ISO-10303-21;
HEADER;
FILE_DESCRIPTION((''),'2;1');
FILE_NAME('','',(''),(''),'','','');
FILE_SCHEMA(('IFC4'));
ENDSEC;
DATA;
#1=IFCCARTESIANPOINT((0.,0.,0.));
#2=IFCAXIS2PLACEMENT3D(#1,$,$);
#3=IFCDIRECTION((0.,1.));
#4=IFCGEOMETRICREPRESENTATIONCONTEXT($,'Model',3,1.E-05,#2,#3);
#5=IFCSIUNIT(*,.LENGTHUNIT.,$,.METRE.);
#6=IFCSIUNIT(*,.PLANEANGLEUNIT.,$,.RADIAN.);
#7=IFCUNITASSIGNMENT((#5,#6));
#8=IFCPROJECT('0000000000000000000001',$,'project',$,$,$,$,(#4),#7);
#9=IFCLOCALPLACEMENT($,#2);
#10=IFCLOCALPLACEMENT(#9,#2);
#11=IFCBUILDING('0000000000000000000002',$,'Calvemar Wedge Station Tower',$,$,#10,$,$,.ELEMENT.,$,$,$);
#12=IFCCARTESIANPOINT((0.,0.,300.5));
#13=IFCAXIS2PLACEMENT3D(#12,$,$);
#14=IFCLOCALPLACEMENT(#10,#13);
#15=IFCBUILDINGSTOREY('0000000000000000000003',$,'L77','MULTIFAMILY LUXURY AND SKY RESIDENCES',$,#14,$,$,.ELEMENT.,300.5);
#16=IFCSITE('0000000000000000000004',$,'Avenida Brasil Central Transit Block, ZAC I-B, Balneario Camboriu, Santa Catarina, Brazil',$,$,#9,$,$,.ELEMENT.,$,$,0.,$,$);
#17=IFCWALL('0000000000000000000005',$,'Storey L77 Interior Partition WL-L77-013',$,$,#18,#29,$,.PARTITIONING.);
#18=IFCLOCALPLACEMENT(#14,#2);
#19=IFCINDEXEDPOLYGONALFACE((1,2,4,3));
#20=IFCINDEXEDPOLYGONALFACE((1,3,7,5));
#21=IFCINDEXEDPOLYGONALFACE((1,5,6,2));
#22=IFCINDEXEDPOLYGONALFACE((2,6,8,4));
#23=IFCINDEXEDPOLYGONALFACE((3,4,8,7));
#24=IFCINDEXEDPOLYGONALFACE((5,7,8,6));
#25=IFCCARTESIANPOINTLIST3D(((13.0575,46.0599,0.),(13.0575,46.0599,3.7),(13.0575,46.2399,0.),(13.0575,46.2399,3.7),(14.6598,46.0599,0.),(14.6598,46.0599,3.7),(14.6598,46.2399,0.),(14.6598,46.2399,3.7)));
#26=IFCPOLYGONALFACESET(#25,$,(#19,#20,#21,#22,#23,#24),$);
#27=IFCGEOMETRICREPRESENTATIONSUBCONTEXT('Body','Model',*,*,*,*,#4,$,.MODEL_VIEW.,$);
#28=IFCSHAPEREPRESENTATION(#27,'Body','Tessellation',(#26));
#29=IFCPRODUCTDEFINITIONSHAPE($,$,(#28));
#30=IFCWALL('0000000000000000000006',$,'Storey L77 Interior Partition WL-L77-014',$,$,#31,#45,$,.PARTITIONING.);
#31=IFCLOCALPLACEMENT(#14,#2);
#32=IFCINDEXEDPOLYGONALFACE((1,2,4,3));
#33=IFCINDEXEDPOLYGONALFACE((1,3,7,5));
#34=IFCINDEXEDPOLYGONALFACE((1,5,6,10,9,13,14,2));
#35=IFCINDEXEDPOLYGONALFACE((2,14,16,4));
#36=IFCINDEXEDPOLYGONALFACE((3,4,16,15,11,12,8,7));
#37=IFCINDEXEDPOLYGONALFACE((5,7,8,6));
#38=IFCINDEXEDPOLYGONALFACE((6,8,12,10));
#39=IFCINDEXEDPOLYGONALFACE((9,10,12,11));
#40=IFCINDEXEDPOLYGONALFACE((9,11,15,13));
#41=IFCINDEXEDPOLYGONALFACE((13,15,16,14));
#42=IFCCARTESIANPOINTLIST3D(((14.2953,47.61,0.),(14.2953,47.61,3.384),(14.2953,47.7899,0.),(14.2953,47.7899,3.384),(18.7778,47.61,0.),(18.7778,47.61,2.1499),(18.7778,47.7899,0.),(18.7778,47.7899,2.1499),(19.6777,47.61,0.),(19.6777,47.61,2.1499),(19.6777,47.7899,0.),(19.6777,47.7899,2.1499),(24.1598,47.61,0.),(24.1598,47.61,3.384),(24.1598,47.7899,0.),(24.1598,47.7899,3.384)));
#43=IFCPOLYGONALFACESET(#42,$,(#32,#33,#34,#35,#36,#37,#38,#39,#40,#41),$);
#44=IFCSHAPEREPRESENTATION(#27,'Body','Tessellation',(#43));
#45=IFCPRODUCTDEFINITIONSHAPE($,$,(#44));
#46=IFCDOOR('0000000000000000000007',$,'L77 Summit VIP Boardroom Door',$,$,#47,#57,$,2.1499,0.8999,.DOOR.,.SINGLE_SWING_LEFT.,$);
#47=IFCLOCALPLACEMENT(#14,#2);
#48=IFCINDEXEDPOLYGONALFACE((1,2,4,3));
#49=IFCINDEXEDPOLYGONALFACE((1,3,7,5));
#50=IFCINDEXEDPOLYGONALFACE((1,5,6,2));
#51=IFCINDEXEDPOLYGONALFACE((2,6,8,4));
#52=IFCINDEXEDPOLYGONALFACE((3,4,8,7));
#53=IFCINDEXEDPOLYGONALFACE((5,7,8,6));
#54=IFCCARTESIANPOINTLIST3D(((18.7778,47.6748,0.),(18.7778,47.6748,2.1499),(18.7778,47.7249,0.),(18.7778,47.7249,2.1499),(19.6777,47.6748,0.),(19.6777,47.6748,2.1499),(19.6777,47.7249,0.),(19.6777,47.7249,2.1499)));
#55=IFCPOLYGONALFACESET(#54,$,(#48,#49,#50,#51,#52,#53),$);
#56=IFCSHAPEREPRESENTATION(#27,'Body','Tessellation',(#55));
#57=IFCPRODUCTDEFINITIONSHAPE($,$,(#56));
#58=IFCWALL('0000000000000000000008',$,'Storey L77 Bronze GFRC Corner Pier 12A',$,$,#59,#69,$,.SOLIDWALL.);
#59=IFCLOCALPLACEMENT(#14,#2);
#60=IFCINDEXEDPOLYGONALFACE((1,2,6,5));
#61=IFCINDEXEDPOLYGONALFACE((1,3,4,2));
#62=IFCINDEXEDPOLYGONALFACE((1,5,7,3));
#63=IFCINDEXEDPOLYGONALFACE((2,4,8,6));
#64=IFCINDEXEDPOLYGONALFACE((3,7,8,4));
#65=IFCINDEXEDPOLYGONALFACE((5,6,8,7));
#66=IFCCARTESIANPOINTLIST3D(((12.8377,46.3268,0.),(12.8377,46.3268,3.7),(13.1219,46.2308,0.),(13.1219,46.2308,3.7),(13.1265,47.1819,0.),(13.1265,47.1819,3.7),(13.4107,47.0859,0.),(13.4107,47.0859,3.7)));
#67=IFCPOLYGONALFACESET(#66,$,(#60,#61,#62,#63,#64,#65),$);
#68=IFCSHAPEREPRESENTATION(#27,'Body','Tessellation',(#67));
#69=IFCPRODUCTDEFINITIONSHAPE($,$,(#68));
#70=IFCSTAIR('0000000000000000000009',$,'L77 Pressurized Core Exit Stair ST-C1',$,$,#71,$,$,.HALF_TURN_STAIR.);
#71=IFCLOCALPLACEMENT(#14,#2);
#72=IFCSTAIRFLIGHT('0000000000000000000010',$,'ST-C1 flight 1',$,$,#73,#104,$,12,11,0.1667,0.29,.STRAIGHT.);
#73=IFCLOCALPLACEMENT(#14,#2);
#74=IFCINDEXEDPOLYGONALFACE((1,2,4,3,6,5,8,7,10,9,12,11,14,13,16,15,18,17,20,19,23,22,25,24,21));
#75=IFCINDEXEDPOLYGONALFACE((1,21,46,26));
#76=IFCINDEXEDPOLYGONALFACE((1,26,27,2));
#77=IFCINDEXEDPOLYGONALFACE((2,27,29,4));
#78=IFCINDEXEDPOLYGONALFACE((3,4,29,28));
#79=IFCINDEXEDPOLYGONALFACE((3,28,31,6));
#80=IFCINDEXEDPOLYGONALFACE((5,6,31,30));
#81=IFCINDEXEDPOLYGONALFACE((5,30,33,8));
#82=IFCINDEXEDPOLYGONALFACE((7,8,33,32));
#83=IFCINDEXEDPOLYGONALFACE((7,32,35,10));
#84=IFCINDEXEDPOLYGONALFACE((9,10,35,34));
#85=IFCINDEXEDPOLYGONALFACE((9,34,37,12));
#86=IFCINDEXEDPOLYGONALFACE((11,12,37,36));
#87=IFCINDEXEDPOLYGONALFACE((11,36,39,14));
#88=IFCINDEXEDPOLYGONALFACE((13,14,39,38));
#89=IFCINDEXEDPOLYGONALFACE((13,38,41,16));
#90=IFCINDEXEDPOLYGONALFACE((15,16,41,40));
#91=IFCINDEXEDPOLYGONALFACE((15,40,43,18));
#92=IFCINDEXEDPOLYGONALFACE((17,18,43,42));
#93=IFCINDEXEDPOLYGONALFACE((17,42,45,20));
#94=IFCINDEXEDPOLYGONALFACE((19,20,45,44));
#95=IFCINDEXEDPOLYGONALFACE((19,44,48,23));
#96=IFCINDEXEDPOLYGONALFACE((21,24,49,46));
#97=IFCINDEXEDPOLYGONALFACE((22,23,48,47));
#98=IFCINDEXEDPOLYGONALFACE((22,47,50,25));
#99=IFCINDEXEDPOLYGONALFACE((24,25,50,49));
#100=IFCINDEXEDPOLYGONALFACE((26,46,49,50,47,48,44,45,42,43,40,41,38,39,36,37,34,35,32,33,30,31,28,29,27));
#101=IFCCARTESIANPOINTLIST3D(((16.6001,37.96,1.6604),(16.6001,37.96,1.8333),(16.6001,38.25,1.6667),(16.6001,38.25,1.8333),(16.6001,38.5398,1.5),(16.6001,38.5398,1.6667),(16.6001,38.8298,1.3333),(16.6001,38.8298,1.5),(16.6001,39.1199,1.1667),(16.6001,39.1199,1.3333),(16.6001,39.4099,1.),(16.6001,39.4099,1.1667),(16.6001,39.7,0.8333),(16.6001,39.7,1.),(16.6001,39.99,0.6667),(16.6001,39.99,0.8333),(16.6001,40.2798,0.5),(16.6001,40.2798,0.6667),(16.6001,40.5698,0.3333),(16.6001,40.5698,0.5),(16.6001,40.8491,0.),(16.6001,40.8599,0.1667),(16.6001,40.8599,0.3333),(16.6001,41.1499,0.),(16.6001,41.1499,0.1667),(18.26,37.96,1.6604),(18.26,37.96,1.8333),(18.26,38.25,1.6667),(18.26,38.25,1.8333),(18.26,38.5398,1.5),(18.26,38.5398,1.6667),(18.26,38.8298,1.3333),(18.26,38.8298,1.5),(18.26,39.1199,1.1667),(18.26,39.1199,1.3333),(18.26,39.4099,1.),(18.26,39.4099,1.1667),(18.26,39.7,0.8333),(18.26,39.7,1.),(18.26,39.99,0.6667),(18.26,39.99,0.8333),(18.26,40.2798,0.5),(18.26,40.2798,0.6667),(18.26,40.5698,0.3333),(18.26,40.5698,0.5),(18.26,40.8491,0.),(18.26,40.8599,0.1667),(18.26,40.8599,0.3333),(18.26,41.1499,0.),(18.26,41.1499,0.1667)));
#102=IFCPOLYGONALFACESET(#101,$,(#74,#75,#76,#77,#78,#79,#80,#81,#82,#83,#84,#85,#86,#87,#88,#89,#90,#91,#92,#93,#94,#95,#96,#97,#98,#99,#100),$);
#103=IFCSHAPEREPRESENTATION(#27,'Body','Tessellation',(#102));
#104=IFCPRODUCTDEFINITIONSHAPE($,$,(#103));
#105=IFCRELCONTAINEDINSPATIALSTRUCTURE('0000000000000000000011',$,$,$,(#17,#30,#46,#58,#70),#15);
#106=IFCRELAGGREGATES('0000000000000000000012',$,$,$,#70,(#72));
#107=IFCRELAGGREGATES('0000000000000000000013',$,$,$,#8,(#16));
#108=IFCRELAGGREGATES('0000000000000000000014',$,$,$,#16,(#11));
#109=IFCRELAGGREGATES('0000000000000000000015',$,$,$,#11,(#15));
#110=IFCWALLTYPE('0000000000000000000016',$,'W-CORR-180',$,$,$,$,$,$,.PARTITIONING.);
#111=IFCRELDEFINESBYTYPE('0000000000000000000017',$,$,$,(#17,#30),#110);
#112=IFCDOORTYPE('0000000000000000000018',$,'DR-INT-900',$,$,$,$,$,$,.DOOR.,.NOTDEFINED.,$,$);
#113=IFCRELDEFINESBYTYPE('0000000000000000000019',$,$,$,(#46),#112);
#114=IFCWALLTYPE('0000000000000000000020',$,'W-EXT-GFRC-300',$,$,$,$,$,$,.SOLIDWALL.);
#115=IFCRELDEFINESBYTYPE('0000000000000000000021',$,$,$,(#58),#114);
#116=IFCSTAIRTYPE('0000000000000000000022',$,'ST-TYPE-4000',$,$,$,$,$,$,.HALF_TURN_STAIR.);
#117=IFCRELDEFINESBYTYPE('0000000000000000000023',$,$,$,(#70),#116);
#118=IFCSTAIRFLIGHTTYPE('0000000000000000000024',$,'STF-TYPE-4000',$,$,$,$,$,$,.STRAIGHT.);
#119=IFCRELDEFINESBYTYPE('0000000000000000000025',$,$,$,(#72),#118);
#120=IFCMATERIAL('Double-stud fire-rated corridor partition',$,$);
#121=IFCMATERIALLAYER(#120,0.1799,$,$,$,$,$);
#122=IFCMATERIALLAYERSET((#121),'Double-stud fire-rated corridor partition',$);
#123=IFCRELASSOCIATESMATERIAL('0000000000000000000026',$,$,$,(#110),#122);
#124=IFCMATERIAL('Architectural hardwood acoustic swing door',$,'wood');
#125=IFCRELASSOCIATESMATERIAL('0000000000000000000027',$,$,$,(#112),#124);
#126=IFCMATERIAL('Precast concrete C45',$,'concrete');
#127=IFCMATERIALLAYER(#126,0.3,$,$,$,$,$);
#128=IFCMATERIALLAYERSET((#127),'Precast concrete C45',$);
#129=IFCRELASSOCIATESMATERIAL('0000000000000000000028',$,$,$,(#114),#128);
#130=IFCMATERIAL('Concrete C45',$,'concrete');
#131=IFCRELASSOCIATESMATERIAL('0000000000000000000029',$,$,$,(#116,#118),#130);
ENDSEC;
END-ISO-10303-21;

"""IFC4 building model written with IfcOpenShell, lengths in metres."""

from ifc_helpers import new_model, si_unit, direction, frame, frame_2d, origin, place, context, subcontext, project, spatial, polyline, rectangle, outline, extrude, source, transform, mapped, material, layer, layer_set, type_object, element, fill, aggregate, save


model = new_model("IFC4")

# Units and contexts
model_context = context("Model", 3, precision=1e-05, world=origin(), true_north=direction((0.0, 1.0)))
body_context = subcontext(model_context, "Body", "Model", "MODEL_VIEW")
ifc_project = project(units=[si_unit("LENGTHUNIT", "METRE"), si_unit("PLANEANGLEUNIT", "RADIAN")], contexts=[model_context])

# Site, building, storey
site_placement = place(None, origin())
site = spatial("IfcSite", under=ifc_project, at=site_placement, Name="Avenida Brasil Central Transit Block, ZAC I-B, Balneario Camboriu, Santa Catarina, Brazil", CompositionType="ELEMENT", RefElevation=0.0)
building_placement = place(site_placement, origin())
building = spatial("IfcBuilding", under=site, at=building_placement, Name="Calvemar Wedge Station Tower", CompositionType="ELEMENT")
storey_placement = place(building_placement, frame((0.0, 0.0, 300.5)))
storey = spatial("IfcBuildingStorey", under=building, at=storey_placement, Name="L77", Description="MULTIFAMILY LUXURY AND SKY RESIDENCES", CompositionType="ELEMENT", Elevation=300.5)

# Wall
ifc_material_1 = material(Name="Double-stud fire-rated corridor partition")
ifc_layer_1 = layer(ifc_material_1, 0.1799)
ifc_layer_set_1 = layer_set([ifc_layer_1], Name="Double-stud fire-rated corridor partition")
wall_type_1 = type_object("IfcWallType", Name="W-CORR-180", PredefinedType="PARTITIONING", material=ifc_layer_set_1)
wall_1_placement = place(storey_placement, frame((14.6599, 46.1499, 0.0), z_axis=(0.0, 0.0, 1.0), x_axis=(-1.0, 0.0, 0.0)))
element("IfcWall", 1, at=wall_1_placement, inside=storey, type_object=wall_type_1, Name="Storey L77 Interior Partition WL-L77-013", PredefinedType="PARTITIONING", context=body_context, shape_type="SweptSolid", body=[
    extrude(rectangle(XDim=1.6023, YDim=0.1799, at=frame_2d((0.8013, 0.0))), origin(), (0.0, 0.0, 1.0), 3.7),
])

# Wall, opening, door
wall_2_placement = place(storey_placement, frame((14.2954, 47.7, 0.0), z_axis=(0.0, 0.0, 1.0), x_axis=(1.0, 0.0, 0.0)))
wall_2 = element("IfcWall", 2, at=wall_2_placement, inside=storey, type_object=wall_type_1, Name="Storey L77 Interior Partition WL-L77-014", PredefinedType="PARTITIONING", context=body_context, shape_type="SweptSolid", body=[
    extrude(rectangle(XDim=9.8645, YDim=0.1799, at=frame_2d((4.9321, 0.0))), origin(), (0.0, 0.0, 1.0), 3.384),
])
shared_shape_1 = source(origin(), body_context, "Body", "SweptSolid", [
    extrude(rectangle(XDim=0.8999, YDim=2.1499, at=frame_2d((0.45, 1.075))), frame((0.0, 0.1001, 0.0), z_axis=(0.0, -1.0, 0.0), x_axis=(1.0, 0.0, 0.0)), (0.0, 0.0, 1.0), 0.2),
])
opening_placement = place(wall_2_placement, frame((4.4824, 0.0, 0.0)))
opening = element("IfcOpeningElement", 3, at=opening_placement, cuts=wall_2, PredefinedType="OPENING", context=body_context, shape_type="MappedRepresentation", body=[
    mapped(shared_shape_1, transform((0.0, 0.0, 0.0), scale=1.0)),
])
ifc_material_2 = material(Name="Architectural hardwood acoustic swing door", Category="wood")
door_type = type_object("IfcDoorType", Name="DR-INT-900", OperationType="NOTDEFINED", PredefinedType="DOOR", material=ifc_material_2)
shared_shape_2 = source(origin(), body_context, "Body", "SweptSolid", [
    extrude(rectangle(XDim=0.8999, YDim=2.1499, at=frame_2d((0.45, 1.075))), frame((0.0, 0.0249, 0.0), z_axis=(0.0, -1.0, 0.0), x_axis=(1.0, 0.0, 0.0)), (0.0, 0.0, 1.0), 0.05),
])
door_placement = place(opening_placement, origin())
door = element("IfcDoor", 4, at=door_placement, inside=storey, type_object=door_type, Name="L77 Summit VIP Boardroom Door", OperationType="SINGLE_SWING_LEFT", OverallHeight=2.1499, OverallWidth=0.8999, PredefinedType="DOOR", context=body_context, shape_type="MappedRepresentation", body=[
    mapped(shared_shape_2, transform((0.0, 0.0, 0.0), scale=1.0)),
])
fill(opening, door)

# Wall
ifc_material_3 = material(Name="Precast concrete C45", Category="concrete")
ifc_layer_2 = layer(ifc_material_3, 0.3)
ifc_layer_set_2 = layer_set([ifc_layer_2], Name="Precast concrete C45")
wall_type_2 = type_object("IfcWallType", Name="W-EXT-GFRC-300", PredefinedType="SOLIDWALL", material=ifc_layer_set_2)
wall_3_placement = place(storey_placement, frame((13.2686, 47.1338, 0.0), z_axis=(0.0, 0.0, 1.0), x_axis=(-0.319958, -0.947432, 0.0)))
element("IfcWall", 5, at=wall_3_placement, inside=storey, type_object=wall_type_2, Name="Storey L77 Bronze GFRC Corner Pier 12A", PredefinedType="SOLIDWALL", context=body_context, shape_type="SweptSolid", body=[
    extrude(rectangle(XDim=0.9026, YDim=0.3, at=frame_2d((0.4512, 0.0))), origin(), (0.0, 0.0, 1.0), 3.7),
])

# Stair, stair flight
ifc_material_4 = material(Name="Concrete C45", Category="concrete")
stair_type = type_object("IfcStairType", Name="ST-TYPE-4000", PredefinedType="HALF_TURN_STAIR", material=ifc_material_4)
stair_placement = place(storey_placement, origin())
stair = element("IfcStair", 6, at=stair_placement, inside=storey, type_object=stair_type, Name="L77 Pressurized Core Exit Stair ST-C1", PredefinedType="HALF_TURN_STAIR")
stair_flight_type = type_object("IfcStairFlightType", Name="STF-TYPE-4000", PredefinedType="STRAIGHT", material=ifc_material_4)
stair_flight_placement = place(storey_placement, frame((17.4299, 41.1499, 0.0), z_axis=(0.0, 0.0, 1.0), x_axis=(0.0, -1.0, 0.0)))
stair_flight = element("IfcStairFlight", 7, at=stair_flight_placement, type_object=stair_flight_type, Name="ST-C1 flight 1", NumberOfRisers=12, NumberOfTreads=11, PredefinedType="STRAIGHT", RiserHeight=0.1667, TreadLength=0.29, context=body_context, shape_type="SweptSolid", body=[
    extrude(outline(polyline([(0.0, 0.0), (0.0, 0.1667), (0.29, 0.1667), (0.29, 0.3333), (0.5801, 0.3333), (0.5801, 0.5), (0.8701, 0.5), (0.8701, 0.6667), (1.1599, 0.6667), (1.1599, 0.8333), (1.45, 0.8333), (1.45, 1.0), (1.74, 1.0), (1.74, 1.1667), (2.03, 1.1667), (2.03, 1.3333), (2.3201, 1.3333), (2.3201, 1.5), (2.6101, 1.5), (2.6101, 1.6667), (2.8999, 1.6667), (2.8999, 1.8333), (3.1899, 1.8333), (3.1899, 2.0), (3.1899, 1.6604), (0.3008, 0.0), (0.0, 0.0)])), frame((0.0, 0.8301, 0.0), z_axis=(0.0, -1.0, 0.0), x_axis=(1.0, 0.0, 0.0)), (0.0, 0.0, 1.0), 1.6599),
])
aggregate(stair, [stair_flight])

save(model, "model.ifc")
